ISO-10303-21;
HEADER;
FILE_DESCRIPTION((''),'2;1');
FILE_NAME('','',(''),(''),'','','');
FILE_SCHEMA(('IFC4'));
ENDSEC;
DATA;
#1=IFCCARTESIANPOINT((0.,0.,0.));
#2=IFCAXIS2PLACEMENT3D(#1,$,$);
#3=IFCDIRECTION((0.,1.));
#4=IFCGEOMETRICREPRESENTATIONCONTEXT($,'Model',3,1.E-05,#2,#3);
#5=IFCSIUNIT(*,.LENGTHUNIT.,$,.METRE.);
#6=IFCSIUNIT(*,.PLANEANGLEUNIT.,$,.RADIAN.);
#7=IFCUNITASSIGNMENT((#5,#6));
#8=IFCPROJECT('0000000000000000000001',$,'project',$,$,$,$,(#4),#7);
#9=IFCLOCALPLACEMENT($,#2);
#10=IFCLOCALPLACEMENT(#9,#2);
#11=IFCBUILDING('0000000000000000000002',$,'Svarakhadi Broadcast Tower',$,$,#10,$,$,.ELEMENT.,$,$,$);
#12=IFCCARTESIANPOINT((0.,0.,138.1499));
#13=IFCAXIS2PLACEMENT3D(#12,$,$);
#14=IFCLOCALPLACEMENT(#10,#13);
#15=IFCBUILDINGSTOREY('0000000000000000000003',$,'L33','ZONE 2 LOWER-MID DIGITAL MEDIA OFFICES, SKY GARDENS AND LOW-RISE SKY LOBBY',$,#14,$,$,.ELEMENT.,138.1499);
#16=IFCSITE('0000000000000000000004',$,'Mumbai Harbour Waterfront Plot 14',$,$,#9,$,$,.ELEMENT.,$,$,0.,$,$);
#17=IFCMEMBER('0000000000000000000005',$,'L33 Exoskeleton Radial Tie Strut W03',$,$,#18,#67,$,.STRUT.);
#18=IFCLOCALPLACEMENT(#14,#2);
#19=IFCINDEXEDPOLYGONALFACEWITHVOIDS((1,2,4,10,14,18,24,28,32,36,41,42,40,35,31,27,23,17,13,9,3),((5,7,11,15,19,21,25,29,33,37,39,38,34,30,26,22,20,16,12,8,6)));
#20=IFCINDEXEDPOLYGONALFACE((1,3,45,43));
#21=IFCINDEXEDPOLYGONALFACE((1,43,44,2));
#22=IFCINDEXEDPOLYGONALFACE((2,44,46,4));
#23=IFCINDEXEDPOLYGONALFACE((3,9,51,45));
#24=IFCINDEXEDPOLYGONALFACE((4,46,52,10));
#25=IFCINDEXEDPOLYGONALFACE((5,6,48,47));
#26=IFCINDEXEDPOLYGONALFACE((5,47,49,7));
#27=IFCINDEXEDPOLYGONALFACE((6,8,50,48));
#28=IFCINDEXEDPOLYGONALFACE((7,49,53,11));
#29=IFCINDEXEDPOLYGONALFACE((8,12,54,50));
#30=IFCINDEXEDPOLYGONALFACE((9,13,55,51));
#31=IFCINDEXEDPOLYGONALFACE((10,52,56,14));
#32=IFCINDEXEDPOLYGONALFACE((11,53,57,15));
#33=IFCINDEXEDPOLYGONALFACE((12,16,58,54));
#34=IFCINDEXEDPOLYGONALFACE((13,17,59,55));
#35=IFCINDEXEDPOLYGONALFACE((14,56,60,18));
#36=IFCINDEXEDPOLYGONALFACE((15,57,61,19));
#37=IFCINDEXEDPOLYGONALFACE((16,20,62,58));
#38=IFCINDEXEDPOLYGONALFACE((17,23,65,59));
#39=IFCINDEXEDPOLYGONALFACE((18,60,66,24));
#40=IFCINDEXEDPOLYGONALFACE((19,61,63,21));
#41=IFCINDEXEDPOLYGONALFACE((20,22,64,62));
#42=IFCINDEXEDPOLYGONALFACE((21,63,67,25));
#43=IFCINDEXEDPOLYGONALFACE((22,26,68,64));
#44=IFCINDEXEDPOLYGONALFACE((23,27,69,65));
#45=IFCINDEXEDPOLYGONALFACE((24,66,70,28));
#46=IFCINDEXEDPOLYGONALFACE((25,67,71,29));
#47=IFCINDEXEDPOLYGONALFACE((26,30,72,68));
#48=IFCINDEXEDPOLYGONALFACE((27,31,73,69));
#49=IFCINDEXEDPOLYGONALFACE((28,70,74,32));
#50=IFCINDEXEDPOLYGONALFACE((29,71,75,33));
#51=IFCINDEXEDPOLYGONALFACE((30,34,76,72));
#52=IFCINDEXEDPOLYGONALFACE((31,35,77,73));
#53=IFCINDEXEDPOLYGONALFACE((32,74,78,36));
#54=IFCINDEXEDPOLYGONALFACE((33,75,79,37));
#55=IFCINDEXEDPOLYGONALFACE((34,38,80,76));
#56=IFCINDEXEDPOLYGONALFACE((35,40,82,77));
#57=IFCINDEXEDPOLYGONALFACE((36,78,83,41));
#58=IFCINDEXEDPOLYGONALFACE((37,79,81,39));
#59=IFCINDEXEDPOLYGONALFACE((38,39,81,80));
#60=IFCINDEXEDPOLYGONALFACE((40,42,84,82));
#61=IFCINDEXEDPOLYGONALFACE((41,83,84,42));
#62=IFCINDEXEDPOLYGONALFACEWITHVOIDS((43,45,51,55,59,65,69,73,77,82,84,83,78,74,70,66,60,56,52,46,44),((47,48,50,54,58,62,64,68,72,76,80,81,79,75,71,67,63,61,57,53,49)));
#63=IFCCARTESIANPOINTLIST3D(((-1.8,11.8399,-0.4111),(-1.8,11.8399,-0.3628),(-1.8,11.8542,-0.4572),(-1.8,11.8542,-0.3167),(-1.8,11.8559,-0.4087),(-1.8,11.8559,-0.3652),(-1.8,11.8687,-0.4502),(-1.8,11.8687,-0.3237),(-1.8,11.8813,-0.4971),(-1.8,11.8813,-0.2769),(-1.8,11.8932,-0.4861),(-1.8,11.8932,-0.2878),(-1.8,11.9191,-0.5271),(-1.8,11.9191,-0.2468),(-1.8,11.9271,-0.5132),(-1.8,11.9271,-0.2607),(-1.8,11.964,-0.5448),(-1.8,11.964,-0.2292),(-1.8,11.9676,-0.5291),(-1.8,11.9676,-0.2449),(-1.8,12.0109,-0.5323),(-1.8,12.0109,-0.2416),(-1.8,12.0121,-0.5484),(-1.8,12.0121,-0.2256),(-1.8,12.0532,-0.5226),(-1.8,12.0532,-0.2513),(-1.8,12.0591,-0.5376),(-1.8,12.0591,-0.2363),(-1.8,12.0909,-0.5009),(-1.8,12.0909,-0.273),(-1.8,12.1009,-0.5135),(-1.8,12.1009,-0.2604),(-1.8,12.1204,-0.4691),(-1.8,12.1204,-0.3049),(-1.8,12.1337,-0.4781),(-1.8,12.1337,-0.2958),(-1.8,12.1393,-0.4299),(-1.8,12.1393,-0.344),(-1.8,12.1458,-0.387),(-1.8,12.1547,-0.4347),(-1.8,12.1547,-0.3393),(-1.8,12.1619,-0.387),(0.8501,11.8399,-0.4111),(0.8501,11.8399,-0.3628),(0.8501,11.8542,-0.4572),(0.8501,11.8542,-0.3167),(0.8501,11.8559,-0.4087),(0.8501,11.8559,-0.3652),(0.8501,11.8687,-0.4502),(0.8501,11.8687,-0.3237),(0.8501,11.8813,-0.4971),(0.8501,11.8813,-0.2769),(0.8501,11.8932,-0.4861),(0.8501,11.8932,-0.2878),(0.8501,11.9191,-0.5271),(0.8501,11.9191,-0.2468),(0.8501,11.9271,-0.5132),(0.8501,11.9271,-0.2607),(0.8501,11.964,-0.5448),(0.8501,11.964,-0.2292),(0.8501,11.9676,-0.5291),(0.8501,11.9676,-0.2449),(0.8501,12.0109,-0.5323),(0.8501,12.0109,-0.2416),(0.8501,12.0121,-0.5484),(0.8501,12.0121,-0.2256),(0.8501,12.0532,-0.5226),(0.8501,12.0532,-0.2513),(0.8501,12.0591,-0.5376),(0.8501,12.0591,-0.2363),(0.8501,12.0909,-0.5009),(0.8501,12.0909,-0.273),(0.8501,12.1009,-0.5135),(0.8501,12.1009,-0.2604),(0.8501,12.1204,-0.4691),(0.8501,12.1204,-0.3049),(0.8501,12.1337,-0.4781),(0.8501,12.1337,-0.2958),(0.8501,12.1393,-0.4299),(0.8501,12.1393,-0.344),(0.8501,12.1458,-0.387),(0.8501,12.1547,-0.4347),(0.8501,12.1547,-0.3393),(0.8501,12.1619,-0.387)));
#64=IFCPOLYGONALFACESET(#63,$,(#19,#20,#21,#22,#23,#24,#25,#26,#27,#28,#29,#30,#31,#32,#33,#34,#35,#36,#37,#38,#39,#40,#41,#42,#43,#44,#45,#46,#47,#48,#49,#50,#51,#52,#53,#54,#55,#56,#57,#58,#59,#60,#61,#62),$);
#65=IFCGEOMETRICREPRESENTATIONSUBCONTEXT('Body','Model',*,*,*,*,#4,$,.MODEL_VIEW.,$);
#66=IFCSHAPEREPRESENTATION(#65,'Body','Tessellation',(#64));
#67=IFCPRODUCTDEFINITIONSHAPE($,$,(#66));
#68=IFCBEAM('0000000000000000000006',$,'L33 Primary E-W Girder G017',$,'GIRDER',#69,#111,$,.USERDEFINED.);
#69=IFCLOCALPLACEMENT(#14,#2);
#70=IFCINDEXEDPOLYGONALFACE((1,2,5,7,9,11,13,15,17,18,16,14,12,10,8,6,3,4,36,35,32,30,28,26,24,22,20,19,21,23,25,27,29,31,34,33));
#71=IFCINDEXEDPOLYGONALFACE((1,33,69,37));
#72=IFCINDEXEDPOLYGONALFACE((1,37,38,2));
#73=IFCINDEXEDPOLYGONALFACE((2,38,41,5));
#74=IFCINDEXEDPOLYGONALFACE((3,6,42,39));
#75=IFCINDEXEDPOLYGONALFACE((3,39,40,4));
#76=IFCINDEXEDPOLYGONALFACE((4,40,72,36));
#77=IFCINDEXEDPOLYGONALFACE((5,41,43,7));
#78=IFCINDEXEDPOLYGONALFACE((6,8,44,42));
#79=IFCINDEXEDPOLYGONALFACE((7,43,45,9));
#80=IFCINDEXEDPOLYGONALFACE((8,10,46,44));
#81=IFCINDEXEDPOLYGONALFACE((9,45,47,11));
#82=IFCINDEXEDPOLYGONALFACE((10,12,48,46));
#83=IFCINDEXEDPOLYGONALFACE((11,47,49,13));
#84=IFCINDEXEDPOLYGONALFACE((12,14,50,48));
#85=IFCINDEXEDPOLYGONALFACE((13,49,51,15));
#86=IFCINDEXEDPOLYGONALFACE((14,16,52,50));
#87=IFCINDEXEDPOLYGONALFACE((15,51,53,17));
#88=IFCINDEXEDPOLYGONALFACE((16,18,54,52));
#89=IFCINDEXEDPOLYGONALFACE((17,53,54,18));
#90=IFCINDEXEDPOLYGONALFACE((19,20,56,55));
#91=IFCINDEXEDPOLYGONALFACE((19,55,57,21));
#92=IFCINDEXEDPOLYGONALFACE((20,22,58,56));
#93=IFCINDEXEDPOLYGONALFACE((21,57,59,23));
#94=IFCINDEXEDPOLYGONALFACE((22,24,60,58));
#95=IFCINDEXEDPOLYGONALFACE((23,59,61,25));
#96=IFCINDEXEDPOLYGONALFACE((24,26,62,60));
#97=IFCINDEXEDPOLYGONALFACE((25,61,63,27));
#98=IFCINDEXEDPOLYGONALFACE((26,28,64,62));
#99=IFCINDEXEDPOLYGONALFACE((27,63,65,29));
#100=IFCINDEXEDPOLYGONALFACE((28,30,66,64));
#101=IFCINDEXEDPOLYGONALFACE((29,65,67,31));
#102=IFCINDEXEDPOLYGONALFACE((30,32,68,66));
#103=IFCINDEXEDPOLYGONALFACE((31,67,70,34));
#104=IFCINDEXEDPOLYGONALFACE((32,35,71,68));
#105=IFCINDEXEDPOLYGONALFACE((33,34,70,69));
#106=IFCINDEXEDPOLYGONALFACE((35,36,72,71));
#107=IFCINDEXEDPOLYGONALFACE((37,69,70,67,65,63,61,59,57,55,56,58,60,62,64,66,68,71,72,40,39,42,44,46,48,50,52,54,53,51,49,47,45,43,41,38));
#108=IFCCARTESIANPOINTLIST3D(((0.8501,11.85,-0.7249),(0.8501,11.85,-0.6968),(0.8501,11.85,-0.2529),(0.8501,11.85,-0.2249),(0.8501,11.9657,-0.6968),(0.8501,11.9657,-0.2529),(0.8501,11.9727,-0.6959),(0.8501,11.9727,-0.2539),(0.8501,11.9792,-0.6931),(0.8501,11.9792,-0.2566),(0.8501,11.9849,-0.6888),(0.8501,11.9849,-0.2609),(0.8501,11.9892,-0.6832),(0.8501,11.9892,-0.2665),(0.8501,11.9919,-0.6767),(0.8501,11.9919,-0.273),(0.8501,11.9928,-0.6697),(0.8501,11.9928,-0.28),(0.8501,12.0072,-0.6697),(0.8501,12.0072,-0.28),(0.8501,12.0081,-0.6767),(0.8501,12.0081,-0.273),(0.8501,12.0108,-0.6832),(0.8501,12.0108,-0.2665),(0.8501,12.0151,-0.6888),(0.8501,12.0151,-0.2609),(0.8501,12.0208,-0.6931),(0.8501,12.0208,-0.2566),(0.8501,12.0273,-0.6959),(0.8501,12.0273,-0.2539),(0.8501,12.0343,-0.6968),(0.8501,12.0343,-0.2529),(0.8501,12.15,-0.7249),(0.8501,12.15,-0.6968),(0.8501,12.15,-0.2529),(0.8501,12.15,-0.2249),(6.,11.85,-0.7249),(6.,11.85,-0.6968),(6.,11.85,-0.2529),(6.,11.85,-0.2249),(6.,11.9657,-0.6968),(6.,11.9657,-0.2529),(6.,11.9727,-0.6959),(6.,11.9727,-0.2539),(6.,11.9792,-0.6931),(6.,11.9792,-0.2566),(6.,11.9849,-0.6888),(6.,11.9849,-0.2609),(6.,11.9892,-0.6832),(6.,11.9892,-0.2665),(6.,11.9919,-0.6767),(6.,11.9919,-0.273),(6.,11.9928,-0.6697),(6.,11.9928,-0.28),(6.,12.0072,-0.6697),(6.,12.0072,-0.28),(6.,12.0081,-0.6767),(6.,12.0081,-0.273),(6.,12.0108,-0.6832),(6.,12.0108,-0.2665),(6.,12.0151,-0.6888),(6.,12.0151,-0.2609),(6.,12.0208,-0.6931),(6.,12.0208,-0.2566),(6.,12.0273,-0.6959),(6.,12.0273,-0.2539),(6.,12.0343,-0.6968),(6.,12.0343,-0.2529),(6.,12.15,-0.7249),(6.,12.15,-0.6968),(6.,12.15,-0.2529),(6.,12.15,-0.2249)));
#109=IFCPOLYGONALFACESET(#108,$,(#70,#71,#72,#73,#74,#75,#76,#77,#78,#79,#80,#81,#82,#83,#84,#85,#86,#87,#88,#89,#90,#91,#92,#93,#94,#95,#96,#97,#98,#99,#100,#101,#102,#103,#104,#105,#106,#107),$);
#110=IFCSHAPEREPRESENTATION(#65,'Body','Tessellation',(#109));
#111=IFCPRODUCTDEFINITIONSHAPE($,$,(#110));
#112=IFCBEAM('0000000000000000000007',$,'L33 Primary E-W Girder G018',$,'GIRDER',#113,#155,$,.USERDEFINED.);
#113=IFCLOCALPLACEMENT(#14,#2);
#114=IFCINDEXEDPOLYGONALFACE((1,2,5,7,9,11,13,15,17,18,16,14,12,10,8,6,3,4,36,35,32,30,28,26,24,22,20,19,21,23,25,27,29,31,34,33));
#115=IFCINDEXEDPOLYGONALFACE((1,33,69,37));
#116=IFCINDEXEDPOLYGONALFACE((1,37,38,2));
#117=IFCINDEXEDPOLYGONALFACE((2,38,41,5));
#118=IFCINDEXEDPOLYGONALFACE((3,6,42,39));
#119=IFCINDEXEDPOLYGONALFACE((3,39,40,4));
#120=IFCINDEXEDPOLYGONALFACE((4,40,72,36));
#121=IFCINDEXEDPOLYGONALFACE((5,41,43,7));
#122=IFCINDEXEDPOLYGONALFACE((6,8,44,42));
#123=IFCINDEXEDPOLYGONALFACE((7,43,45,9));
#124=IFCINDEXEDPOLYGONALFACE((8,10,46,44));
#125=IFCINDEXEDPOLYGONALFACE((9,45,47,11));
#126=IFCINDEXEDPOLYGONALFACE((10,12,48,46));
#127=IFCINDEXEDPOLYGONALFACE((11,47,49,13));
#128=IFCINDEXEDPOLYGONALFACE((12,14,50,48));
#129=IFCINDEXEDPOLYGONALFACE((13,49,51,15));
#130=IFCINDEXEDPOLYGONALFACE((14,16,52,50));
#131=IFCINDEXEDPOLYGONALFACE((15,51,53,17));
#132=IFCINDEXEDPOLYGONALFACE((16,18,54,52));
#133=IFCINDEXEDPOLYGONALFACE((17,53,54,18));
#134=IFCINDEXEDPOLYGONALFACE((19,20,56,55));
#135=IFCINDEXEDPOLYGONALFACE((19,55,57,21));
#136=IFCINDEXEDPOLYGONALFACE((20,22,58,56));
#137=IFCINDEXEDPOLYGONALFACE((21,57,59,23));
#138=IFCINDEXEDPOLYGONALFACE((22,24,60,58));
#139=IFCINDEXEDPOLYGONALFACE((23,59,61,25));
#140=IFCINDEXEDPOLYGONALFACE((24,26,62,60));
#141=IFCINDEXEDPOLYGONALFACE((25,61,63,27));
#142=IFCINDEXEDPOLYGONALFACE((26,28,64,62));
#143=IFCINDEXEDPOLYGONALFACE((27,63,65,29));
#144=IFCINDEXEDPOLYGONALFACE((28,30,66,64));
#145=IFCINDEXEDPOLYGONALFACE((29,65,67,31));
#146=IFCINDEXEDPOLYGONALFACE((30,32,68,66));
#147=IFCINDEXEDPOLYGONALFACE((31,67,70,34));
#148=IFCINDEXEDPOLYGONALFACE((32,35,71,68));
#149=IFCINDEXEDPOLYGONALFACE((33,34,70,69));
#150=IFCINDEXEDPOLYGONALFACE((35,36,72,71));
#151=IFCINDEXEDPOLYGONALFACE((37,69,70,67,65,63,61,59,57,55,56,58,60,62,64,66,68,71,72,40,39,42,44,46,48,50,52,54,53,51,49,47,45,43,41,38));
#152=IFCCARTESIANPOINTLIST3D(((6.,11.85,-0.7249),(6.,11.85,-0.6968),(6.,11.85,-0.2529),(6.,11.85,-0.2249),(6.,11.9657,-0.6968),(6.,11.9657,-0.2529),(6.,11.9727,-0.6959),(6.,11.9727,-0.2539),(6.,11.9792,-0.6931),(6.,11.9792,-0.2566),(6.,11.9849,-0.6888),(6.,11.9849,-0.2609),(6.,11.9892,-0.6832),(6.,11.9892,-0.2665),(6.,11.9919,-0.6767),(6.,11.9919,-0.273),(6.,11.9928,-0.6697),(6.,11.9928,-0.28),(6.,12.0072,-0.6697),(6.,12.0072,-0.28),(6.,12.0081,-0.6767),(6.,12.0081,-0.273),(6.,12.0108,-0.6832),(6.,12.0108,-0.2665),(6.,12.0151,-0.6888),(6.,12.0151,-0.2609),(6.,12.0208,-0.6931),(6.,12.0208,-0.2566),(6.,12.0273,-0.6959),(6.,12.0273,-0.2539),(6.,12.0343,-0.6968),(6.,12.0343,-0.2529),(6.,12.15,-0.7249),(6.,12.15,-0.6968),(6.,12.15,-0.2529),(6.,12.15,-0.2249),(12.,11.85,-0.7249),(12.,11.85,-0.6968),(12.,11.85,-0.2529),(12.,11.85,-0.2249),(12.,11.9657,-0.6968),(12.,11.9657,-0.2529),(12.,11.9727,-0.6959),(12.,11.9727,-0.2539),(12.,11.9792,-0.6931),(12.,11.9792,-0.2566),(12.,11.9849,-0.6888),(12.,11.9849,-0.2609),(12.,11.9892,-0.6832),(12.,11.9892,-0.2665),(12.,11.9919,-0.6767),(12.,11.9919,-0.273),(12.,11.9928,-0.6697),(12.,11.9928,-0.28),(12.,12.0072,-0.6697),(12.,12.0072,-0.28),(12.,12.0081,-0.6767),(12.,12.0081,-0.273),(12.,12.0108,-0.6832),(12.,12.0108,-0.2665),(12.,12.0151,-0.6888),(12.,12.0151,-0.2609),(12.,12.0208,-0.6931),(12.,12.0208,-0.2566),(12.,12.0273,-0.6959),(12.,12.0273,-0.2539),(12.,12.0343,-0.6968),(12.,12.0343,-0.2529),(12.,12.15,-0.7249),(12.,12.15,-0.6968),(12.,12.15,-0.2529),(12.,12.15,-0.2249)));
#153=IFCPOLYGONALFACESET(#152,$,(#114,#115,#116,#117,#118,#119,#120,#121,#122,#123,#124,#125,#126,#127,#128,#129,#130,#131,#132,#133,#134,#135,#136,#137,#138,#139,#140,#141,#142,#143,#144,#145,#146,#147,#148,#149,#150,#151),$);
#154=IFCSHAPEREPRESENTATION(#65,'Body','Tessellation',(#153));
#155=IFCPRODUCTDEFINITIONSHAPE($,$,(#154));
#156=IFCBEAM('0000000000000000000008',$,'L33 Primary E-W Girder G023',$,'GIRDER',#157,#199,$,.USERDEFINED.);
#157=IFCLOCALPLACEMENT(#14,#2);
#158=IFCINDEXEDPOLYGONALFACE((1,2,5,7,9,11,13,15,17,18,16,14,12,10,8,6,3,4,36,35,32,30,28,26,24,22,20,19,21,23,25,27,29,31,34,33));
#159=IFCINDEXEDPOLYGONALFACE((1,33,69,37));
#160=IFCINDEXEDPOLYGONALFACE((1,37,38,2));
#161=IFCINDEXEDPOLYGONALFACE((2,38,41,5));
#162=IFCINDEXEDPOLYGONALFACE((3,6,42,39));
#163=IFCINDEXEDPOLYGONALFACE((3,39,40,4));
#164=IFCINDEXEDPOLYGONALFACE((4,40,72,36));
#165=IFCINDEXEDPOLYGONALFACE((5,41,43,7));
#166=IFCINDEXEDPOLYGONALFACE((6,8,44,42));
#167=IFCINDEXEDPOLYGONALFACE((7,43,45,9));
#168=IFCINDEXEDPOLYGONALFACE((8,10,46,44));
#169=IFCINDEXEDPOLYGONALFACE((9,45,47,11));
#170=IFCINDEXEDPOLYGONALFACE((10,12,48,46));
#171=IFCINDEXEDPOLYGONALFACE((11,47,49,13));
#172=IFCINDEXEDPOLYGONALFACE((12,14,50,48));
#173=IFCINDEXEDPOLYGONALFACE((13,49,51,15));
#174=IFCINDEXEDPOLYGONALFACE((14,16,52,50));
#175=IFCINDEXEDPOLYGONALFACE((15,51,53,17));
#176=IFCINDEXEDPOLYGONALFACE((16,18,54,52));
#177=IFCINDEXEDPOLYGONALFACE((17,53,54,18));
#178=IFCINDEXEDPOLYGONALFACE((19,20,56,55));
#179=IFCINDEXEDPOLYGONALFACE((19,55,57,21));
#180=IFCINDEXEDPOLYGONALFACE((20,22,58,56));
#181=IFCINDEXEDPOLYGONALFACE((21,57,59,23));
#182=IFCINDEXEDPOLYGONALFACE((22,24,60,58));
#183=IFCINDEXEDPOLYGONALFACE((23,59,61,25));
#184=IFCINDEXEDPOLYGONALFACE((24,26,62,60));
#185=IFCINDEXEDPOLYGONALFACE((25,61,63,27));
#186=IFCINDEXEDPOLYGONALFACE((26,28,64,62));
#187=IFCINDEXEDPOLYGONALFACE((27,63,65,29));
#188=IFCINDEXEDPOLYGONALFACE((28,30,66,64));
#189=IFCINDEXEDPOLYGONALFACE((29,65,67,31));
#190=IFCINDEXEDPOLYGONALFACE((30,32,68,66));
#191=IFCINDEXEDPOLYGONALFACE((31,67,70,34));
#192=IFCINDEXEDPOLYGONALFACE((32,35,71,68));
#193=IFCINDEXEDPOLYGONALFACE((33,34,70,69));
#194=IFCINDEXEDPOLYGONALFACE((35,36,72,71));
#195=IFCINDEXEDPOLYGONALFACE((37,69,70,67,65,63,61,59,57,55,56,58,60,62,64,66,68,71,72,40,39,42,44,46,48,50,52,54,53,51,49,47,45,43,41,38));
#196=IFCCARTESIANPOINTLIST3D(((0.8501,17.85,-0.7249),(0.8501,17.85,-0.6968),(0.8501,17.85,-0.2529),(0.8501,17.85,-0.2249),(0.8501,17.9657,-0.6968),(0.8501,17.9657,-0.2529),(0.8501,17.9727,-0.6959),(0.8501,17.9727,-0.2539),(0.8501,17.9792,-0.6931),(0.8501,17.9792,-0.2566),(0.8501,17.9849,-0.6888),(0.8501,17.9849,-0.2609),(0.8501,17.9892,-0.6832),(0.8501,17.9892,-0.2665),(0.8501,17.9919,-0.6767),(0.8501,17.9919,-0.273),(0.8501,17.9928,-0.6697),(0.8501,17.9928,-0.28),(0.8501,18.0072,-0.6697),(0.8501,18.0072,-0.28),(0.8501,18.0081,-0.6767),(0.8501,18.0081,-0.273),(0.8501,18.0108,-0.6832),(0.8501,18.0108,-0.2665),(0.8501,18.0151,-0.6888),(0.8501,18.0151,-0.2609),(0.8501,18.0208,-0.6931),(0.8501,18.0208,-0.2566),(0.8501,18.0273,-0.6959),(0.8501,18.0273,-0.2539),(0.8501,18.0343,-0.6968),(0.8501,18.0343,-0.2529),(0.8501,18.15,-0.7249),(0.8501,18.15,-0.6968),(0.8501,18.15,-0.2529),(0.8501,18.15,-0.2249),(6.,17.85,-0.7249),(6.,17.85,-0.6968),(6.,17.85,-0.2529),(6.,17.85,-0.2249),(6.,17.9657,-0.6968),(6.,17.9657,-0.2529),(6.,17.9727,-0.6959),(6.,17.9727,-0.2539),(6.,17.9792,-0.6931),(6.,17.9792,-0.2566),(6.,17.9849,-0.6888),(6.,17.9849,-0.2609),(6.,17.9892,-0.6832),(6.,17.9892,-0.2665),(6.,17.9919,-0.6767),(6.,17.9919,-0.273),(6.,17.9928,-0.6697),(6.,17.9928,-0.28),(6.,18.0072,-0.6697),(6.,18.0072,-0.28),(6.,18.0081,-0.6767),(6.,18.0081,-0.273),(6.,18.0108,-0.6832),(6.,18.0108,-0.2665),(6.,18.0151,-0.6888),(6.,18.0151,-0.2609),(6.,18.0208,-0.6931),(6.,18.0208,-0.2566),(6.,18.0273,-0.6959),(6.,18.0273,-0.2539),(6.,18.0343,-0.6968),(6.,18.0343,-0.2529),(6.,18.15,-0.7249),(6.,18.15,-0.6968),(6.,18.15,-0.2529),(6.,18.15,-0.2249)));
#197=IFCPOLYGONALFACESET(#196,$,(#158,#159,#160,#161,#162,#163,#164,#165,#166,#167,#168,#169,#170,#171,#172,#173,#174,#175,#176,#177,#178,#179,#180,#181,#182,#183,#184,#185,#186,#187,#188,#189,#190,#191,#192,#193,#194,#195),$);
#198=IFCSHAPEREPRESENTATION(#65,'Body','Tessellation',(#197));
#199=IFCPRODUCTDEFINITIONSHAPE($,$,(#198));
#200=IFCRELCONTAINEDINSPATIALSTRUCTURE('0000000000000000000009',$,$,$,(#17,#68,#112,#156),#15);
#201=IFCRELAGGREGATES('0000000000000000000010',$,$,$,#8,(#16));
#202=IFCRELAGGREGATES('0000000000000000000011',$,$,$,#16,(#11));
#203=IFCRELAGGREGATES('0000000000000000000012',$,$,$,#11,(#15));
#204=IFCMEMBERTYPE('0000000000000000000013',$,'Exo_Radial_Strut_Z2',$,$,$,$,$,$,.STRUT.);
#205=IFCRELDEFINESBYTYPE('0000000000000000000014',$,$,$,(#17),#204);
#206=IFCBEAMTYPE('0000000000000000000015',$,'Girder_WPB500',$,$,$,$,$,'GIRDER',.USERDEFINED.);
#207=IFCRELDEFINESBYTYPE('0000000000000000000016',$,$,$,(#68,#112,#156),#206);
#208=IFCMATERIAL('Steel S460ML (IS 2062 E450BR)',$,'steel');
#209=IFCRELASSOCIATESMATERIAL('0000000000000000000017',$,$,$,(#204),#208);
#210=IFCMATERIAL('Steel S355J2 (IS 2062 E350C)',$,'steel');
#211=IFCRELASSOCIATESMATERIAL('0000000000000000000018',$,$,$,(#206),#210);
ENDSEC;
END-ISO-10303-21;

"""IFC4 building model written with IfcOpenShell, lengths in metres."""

from ifc_helpers import new_model, si_unit, direction, frame, origin, origin_2d, place, context, subcontext, project, spatial, hollow_circle, i_section, extrude, material, material_profile, profile_set, type_object, element, save


model = new_model("IFC4")

# Units and contexts
model_context = context("Model", 3, precision=1e-05, world=origin(), true_north=direction((0.0, 1.0)))
body_context = subcontext(model_context, "Body", "Model", "MODEL_VIEW")
ifc_project = project(units=[si_unit("LENGTHUNIT", "METRE"), si_unit("PLANEANGLEUNIT", "RADIAN")], contexts=[model_context])

# Site, building, storey
site_placement = place(None, origin())
site = spatial("IfcSite", under=ifc_project, at=site_placement, Name="Mumbai Harbour Waterfront Plot 14", CompositionType="ELEMENT", RefElevation=0.0)
building_placement = place(site_placement, origin())
building = spatial("IfcBuilding", under=site, at=building_placement, Name="Svarakhadi Broadcast Tower", CompositionType="ELEMENT")
storey_placement = place(building_placement, frame((0.0, 0.0, 138.1499)))
storey = spatial("IfcBuildingStorey", under=building, at=storey_placement, Name="L33", Description="ZONE 2 LOWER-MID DIGITAL MEDIA OFFICES, SKY GARDENS AND LOW-RISE SKY LOBBY", CompositionType="ELEMENT", Elevation=138.1499)

# Shared definitions
ifc_material_1 = material(Name="Steel S460ML (IS 2062 E450BR)", Category="steel")

# Shared definitions
ifc_material_2 = material(Name="Steel S355J2 (IS 2062 E350C)", Category="steel")

# Member
ifc_material_profile_1 = material_profile(ifc_material_1, hollow_circle(Radius=0.1619, WallThickness=0.0161, at=origin_2d()), Name="CHS 323.9x16")
ifc_profile_set_1 = profile_set([ifc_material_profile_1], Name="Steel S460ML (IS 2062 E450BR)")
member_type_1 = type_object("IfcMemberType", Name="Exo_Radial_Strut_Z2", PredefinedType="STRUT", material=ifc_profile_set_1)
member_1_placement = place(storey_placement, frame((-1.8, 12.0, -0.387), z_axis=(1.0, 0.0, 0.0), x_axis=(0.0, 1.0, 0.0)))
element("IfcMember", 1, at=member_1_placement, inside=storey, type_object=member_type_1, Name="L33 Exoskeleton Radial Tie Strut W03", PredefinedType="STRUT", context=body_context, shape_type="SweptSolid", body=[
    extrude(hollow_circle(Radius=0.1619, WallThickness=0.0161, at=origin_2d()), origin(), (0.0, 0.0, 1.0), 2.6501),
])

# Beams
ifc_material_profile_2 = material_profile(ifc_material_2, i_section(OverallWidth=0.3, OverallDepth=0.5, WebThickness=0.0144, FlangeThickness=0.0281, FilletRadius=0.0271, at=origin_2d()), Name="WPB 500x300x187")
ifc_profile_set_2 = profile_set([ifc_material_profile_2], Name="Steel S355J2 (IS 2062 E350C)")
beam_type_1 = type_object("IfcBeamType", Name="Girder_WPB500", ElementType="GIRDER", PredefinedType="USERDEFINED", material=ifc_profile_set_2)
beam_1_placement = place(storey_placement, frame((0.8501, 12.0, -0.4749), z_axis=(1.0, 0.0, 0.0), x_axis=(0.0, 1.0, 0.0)))
element("IfcBeam", 2, at=beam_1_placement, inside=storey, type_object=beam_type_1, Name="L33 Primary E-W Girder G017", ObjectType="GIRDER", PredefinedType="USERDEFINED", context=body_context, shape_type="SweptSolid", body=[
    extrude(i_section(OverallWidth=0.3, OverallDepth=0.5, WebThickness=0.0144, FlangeThickness=0.0281, FilletRadius=0.0271, at=origin_2d()), origin(), (0.0, 0.0, 1.0), 5.1499),
])
beam_2_placement = place(storey_placement, frame((6.0, 12.0, -0.4749), z_axis=(1.0, 0.0, 0.0), x_axis=(0.0, 1.0, 0.0)))
element("IfcBeam", 3, at=beam_2_placement, inside=storey, type_object=beam_type_1, Name="L33 Primary E-W Girder G018", ObjectType="GIRDER", PredefinedType="USERDEFINED", context=body_context, shape_type="SweptSolid", body=[
    extrude(i_section(OverallWidth=0.3, OverallDepth=0.5, WebThickness=0.0144, FlangeThickness=0.0281, FilletRadius=0.0271, at=origin_2d()), origin(), (0.0, 0.0, 1.0), 6.0),
])
beam_3_placement = place(storey_placement, frame((0.8501, 18.0, -0.4749), z_axis=(1.0, 0.0, 0.0), x_axis=(0.0, 1.0, 0.0)))
element("IfcBeam", 4, at=beam_3_placement, inside=storey, type_object=beam_type_1, Name="L33 Primary E-W Girder G023", ObjectType="GIRDER", PredefinedType="USERDEFINED", context=body_context, shape_type="SweptSolid", body=[
    extrude(i_section(OverallWidth=0.3, OverallDepth=0.5, WebThickness=0.0144, FlangeThickness=0.0281, FilletRadius=0.0271, at=origin_2d()), origin(), (0.0, 0.0, 1.0), 5.1499),
])

save(model, "model.ifc")
